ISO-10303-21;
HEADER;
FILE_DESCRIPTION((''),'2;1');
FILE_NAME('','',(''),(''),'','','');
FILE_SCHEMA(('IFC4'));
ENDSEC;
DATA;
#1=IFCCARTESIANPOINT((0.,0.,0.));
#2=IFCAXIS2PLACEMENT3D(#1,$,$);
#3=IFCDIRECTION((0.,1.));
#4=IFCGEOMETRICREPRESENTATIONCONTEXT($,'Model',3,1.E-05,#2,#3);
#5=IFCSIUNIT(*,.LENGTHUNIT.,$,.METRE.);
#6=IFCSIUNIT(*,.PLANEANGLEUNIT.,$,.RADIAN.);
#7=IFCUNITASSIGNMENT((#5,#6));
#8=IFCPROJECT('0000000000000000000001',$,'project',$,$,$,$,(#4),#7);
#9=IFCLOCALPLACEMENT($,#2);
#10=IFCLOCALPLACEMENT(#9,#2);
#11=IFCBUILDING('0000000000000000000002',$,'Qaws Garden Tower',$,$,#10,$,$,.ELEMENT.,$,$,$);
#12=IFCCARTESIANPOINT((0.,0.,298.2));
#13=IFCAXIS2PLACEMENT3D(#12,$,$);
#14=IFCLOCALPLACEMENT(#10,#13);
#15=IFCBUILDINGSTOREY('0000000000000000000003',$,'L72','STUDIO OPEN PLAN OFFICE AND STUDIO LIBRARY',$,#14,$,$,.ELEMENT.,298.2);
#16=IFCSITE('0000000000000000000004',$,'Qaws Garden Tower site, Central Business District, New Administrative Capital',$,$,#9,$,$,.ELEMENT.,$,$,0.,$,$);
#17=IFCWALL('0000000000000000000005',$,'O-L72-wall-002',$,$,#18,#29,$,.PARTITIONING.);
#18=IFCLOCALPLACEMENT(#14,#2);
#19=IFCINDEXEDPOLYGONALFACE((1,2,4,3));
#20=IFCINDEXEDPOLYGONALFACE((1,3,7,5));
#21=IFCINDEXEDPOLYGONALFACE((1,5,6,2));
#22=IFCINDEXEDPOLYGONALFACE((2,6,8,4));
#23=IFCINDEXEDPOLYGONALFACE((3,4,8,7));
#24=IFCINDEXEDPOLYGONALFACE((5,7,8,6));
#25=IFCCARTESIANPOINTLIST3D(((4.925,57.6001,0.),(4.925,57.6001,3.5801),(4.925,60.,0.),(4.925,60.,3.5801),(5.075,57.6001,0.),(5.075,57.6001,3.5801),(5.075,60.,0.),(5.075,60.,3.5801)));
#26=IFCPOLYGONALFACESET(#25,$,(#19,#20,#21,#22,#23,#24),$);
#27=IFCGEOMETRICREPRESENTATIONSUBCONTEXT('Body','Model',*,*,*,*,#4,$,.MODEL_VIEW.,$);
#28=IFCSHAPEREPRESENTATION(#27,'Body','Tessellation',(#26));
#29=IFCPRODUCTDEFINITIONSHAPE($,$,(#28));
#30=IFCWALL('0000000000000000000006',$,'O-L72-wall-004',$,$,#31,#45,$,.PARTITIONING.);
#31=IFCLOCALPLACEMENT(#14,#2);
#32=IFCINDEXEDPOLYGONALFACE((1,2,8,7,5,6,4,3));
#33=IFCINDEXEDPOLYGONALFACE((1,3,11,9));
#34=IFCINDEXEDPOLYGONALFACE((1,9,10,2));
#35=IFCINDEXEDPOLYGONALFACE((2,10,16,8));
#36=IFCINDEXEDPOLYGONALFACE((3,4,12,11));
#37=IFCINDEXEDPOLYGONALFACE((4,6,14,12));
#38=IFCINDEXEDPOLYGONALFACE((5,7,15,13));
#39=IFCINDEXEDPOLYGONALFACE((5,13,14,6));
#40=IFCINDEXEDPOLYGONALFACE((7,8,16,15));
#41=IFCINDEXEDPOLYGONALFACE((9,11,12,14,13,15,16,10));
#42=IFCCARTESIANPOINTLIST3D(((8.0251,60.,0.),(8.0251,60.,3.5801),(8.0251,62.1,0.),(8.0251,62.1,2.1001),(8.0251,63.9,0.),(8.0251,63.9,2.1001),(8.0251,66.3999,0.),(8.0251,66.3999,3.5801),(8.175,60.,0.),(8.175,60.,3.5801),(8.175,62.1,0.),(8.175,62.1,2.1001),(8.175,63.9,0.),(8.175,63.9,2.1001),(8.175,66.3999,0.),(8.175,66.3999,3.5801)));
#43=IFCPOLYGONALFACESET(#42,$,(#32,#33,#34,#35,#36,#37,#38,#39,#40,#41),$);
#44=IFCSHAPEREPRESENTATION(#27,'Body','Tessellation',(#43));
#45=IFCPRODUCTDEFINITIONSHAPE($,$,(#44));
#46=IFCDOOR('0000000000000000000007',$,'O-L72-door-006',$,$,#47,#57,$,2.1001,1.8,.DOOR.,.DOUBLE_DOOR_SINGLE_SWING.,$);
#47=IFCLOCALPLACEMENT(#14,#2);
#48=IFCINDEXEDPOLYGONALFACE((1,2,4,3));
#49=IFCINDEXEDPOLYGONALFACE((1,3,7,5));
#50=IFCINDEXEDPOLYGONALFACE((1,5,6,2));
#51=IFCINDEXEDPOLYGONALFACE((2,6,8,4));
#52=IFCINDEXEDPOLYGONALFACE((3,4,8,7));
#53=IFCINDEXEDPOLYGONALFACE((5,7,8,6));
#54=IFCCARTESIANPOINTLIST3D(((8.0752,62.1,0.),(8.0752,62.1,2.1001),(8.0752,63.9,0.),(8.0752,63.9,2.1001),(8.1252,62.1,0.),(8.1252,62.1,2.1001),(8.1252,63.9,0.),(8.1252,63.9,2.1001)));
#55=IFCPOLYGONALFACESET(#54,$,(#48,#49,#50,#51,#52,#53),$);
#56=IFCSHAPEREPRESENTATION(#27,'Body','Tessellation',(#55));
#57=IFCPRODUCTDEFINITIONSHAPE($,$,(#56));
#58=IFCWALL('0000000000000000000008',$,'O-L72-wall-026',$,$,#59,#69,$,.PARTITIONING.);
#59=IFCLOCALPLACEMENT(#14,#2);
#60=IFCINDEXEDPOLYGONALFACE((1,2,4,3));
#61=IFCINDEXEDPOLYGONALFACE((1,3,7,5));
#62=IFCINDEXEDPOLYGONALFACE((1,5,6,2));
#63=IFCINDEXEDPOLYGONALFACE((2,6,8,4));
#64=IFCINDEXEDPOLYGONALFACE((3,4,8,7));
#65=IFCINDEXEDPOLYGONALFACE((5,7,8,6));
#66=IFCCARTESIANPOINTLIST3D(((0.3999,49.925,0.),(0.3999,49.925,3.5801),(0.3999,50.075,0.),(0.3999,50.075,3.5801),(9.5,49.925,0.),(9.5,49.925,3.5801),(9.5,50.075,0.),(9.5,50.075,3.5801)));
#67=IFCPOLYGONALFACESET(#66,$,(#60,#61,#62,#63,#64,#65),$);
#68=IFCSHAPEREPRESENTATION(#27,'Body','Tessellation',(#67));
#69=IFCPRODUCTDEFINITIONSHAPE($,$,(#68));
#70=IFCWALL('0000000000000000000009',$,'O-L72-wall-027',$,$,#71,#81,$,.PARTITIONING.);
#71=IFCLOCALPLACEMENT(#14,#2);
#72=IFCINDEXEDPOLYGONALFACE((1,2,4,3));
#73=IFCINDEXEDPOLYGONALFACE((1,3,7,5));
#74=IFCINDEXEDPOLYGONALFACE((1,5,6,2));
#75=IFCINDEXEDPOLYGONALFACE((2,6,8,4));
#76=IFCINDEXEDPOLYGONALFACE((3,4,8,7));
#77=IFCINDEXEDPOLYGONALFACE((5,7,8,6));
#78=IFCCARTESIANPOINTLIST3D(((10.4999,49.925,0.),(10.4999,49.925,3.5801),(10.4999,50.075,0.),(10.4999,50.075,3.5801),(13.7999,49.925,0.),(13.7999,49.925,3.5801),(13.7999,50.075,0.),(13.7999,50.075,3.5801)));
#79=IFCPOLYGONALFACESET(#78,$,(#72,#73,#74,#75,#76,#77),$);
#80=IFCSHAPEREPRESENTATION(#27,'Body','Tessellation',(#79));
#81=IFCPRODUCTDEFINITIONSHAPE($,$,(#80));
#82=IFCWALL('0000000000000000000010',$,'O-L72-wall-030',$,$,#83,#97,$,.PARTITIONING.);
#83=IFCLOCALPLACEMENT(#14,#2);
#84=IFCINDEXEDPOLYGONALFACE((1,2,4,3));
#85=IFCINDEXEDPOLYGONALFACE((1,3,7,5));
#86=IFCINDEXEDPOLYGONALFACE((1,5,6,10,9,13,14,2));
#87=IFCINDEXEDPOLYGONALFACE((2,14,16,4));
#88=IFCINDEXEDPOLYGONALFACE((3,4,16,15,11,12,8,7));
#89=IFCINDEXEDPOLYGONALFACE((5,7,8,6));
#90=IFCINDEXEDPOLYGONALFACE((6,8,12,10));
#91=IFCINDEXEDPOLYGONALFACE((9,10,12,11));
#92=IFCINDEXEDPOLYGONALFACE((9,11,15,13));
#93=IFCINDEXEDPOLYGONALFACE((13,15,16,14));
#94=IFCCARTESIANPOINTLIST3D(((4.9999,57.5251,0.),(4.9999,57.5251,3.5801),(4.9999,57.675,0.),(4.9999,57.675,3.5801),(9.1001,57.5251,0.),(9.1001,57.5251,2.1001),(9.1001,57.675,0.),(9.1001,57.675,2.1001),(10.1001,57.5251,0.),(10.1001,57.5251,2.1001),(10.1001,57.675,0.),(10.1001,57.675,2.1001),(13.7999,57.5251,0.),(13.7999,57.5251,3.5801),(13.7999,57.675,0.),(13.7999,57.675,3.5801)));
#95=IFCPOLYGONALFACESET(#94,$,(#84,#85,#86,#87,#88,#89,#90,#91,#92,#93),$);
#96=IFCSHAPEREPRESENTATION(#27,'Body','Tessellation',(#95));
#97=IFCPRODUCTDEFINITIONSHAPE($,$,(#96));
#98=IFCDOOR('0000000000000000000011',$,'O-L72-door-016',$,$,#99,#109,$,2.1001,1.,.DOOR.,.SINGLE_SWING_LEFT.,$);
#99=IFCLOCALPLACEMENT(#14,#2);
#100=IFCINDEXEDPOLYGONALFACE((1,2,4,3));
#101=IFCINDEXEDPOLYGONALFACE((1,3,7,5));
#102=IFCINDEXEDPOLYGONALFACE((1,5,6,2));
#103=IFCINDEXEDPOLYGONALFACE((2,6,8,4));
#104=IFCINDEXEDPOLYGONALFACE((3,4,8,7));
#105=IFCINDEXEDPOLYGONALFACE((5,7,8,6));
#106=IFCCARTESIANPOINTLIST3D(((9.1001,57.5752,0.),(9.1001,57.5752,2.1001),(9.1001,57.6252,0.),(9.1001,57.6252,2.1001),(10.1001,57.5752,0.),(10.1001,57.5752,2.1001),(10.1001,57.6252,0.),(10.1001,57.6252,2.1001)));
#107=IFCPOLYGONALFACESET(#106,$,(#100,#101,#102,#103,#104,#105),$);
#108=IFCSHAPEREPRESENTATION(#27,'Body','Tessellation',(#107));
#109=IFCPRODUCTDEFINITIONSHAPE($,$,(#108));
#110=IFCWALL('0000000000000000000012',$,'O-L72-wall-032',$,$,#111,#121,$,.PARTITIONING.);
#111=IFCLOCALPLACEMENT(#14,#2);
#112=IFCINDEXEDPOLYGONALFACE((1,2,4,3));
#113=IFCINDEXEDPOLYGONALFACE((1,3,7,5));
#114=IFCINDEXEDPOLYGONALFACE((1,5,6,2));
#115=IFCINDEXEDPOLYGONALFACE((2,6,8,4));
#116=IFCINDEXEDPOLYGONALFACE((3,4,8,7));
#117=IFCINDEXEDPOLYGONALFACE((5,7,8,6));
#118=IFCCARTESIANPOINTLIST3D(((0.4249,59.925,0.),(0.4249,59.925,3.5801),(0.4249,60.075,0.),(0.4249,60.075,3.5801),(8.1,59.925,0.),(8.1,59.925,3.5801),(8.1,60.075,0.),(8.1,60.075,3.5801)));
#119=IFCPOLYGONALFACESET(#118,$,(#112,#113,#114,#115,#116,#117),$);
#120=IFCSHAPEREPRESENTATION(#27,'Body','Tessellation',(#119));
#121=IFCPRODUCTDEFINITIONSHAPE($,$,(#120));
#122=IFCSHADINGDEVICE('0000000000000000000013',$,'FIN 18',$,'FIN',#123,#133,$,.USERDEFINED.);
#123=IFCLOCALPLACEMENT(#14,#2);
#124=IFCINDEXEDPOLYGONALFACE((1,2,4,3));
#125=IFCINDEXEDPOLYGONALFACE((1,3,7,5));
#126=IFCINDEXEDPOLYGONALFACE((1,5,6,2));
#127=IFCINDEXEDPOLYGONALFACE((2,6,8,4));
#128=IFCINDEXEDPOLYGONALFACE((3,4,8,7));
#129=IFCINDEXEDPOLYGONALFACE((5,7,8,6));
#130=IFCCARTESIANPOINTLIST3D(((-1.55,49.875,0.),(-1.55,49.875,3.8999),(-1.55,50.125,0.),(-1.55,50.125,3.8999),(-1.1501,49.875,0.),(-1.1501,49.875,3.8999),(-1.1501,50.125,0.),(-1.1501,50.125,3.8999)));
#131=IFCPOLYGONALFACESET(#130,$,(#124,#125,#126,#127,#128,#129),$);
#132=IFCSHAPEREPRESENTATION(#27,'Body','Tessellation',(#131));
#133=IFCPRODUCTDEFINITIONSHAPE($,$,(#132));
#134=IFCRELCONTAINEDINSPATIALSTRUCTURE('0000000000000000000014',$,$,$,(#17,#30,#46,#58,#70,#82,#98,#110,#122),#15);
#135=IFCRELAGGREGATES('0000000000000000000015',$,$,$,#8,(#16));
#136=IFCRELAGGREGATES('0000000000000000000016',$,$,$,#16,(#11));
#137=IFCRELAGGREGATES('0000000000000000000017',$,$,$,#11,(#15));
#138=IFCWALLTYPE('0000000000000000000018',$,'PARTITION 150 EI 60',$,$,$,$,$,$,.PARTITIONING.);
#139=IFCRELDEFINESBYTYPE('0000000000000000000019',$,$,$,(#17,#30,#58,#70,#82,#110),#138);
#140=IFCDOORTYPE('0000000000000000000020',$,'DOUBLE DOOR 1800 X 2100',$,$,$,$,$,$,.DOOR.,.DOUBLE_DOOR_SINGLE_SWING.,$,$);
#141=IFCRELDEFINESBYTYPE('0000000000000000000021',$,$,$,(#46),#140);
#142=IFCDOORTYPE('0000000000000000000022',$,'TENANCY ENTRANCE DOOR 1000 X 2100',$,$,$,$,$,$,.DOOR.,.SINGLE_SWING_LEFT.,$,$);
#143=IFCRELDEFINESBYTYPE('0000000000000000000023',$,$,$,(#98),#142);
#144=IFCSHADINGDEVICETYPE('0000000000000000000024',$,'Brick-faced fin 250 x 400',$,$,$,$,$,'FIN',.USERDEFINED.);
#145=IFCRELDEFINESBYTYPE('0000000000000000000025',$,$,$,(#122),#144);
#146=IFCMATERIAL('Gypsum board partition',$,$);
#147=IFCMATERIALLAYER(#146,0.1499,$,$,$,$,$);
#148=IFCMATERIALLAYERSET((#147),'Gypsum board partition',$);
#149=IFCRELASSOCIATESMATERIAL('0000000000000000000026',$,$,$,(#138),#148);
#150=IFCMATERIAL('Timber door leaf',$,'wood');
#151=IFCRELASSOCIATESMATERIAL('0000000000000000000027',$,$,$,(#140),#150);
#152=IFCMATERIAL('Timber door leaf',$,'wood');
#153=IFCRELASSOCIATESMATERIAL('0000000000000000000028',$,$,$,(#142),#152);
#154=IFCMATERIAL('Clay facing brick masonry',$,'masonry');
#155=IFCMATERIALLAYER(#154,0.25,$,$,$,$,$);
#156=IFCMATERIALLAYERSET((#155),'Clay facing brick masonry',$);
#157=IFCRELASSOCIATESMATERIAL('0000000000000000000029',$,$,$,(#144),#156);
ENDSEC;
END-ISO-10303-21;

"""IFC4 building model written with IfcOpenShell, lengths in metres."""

from ifc_helpers import new_model, si_unit, direction, frame, frame_2d, origin, origin_2d, place, context, subcontext, project, spatial, rectangle, extrude, material, layer, layer_set, type_object, element, fill, save


model = new_model("IFC4")

# Units and contexts
model_context = context("Model", 3, precision=1e-05, world=origin(), true_north=direction((0.0, 1.0)))
body_context = subcontext(model_context, "Body", "Model", "MODEL_VIEW")
ifc_project = project(units=[si_unit("LENGTHUNIT", "METRE"), si_unit("PLANEANGLEUNIT", "RADIAN")], contexts=[model_context])

# Site, building, storey
site_placement = place(None, origin())
site = spatial("IfcSite", under=ifc_project, at=site_placement, Name="Qaws Garden Tower site, Central Business District, New Administrative Capital", CompositionType="ELEMENT", RefElevation=0.0)
building_placement = place(site_placement, origin())
building = spatial("IfcBuilding", under=site, at=building_placement, Name="Qaws Garden Tower", CompositionType="ELEMENT")
storey_placement = place(building_placement, frame((0.0, 0.0, 298.2)))
storey = spatial("IfcBuildingStorey", under=building, at=storey_placement, Name="L72", Description="STUDIO OPEN PLAN OFFICE AND STUDIO LIBRARY", CompositionType="ELEMENT", Elevation=298.2)

# Wall
ifc_material_1 = material(Name="Gypsum board partition")
ifc_layer_1 = layer(ifc_material_1, 0.1499)
ifc_layer_set_1 = layer_set([ifc_layer_1], Name="Gypsum board partition")
wall_type_1 = type_object("IfcWallType", Name="PARTITION 150 EI 60", PredefinedType="PARTITIONING", material=ifc_layer_set_1)
wall_1_placement = place(storey_placement, frame((5.0, 57.6001, 0.0), z_axis=(0.0, 0.0, 1.0), x_axis=(0.0, 1.0, 0.0)))
element("IfcWall", 1, at=wall_1_placement, inside=storey, type_object=wall_type_1, Name="O-L72-wall-002", PredefinedType="PARTITIONING", context=body_context, shape_type="SweptSolid", body=[
    extrude(rectangle(XDim=2.3999, YDim=0.1499, at=frame_2d((1.2, 0.0))), origin(), (0.0, 0.0, 1.0), 3.5801),
])

# Wall, opening, door
wall_2_placement = place(storey_placement, frame((8.1001, 60.0, 0.0), z_axis=(0.0, 0.0, 1.0), x_axis=(0.0, 1.0, 0.0)))
wall_2 = element("IfcWall", 2, at=wall_2_placement, inside=storey, type_object=wall_type_1, Name="O-L72-wall-004", PredefinedType="PARTITIONING", context=body_context, shape_type="SweptSolid", body=[
    extrude(rectangle(XDim=6.3999, YDim=0.1499, at=frame_2d((3.2, 0.0))), origin(), (0.0, 0.0, 1.0), 3.5801),
])
opening_1_placement = place(wall_2_placement, frame((2.1001, 0.0, 0.0)))
opening_1 = element("IfcOpeningElement", 3, at=opening_1_placement, cuts=wall_2, PredefinedType="OPENING", context=body_context, shape_type="SweptSolid", body=[
    extrude(rectangle(XDim=1.8, YDim=2.1001, at=frame_2d((0.8999, 1.05))), frame((0.0, 0.085, 0.0), z_axis=(0.0, -1.0, 0.0), x_axis=(1.0, 0.0, 0.0)), (0.0, 0.0, 1.0), 0.1699),
])
ifc_material_2 = material(Name="Timber door leaf", Category="wood")
door_type_1 = type_object("IfcDoorType", Name="DOUBLE DOOR 1800 X 2100", OperationType="DOUBLE_DOOR_SINGLE_SWING", PredefinedType="DOOR", material=ifc_material_2)
door_1_placement = place(opening_1_placement, origin())
door_1 = element("IfcDoor", 4, at=door_1_placement, inside=storey, type_object=door_type_1, Name="O-L72-door-006", OperationType="DOUBLE_DOOR_SINGLE_SWING", OverallHeight=2.1001, OverallWidth=1.8, PredefinedType="DOOR", context=body_context, shape_type="SweptSolid", body=[
    extrude(rectangle(XDim=1.8, YDim=2.1001, at=frame_2d((0.8999, 1.05))), frame((0.0, 0.0249, 0.0), z_axis=(0.0, -1.0, 0.0), x_axis=(1.0, 0.0, 0.0)), (0.0, 0.0, 1.0), 0.05),
])
fill(opening_1, door_1)

# Walls
wall_3_placement = place(storey_placement, frame((0.3999, 50.0, 0.0), z_axis=(0.0, 0.0, 1.0), x_axis=(1.0, 0.0, 0.0)))
element("IfcWall", 5, at=wall_3_placement, inside=storey, type_object=wall_type_1, Name="O-L72-wall-026", PredefinedType="PARTITIONING", context=body_context, shape_type="SweptSolid", body=[
    extrude(rectangle(XDim=9.1001, YDim=0.1499, at=frame_2d((4.55, 0.0))), origin(), (0.0, 0.0, 1.0), 3.5801),
])
wall_4_placement = place(storey_placement, frame((10.5, 50.0, 0.0), z_axis=(0.0, 0.0, 1.0), x_axis=(1.0, 0.0, 0.0)))
element("IfcWall", 6, at=wall_4_placement, inside=storey, type_object=wall_type_1, Name="O-L72-wall-027", PredefinedType="PARTITIONING", context=body_context, shape_type="SweptSolid", body=[
    extrude(rectangle(XDim=3.3, YDim=0.1499, at=frame_2d((1.6499, 0.0))), origin(), (0.0, 0.0, 1.0), 3.5801),
])

# Wall, opening, door
wall_5_placement = place(storey_placement, frame((5.0, 57.6001, 0.0), z_axis=(0.0, 0.0, 1.0), x_axis=(1.0, 0.0, 0.0)))
wall_5 = element("IfcWall", 7, at=wall_5_placement, inside=storey, type_object=wall_type_1, Name="O-L72-wall-030", PredefinedType="PARTITIONING", context=body_context, shape_type="SweptSolid", body=[
    extrude(rectangle(XDim=8.8, YDim=0.1499, at=frame_2d((4.3999, 0.0))), origin(), (0.0, 0.0, 1.0), 3.5801),
])
opening_2_placement = place(wall_5_placement, frame((4.1001, 0.0, 0.0)))
opening_2 = element("IfcOpeningElement", 8, at=opening_2_placement, cuts=wall_5, PredefinedType="OPENING", context=body_context, shape_type="SweptSolid", body=[
    extrude(rectangle(XDim=1.0, YDim=2.1001, at=frame_2d((0.5, 1.05))), frame((0.0, 0.085, 0.0), z_axis=(0.0, -1.0, 0.0), x_axis=(1.0, 0.0, 0.0)), (0.0, 0.0, 1.0), 0.1699),
])
ifc_material_3 = material(Name="Timber door leaf", Category="wood")
door_type_2 = type_object("IfcDoorType", Name="TENANCY ENTRANCE DOOR 1000 X 2100", OperationType="SINGLE_SWING_LEFT", PredefinedType="DOOR", material=ifc_material_3)
door_2_placement = place(opening_2_placement, frame((1.0, 0.0, 0.0), z_axis=(0.0, 0.0, 1.0), x_axis=(-1.0, 0.0, 0.0)))
door_2 = element("IfcDoor", 9, at=door_2_placement, inside=storey, type_object=door_type_2, Name="O-L72-door-016", OperationType="SINGLE_SWING_LEFT", OverallHeight=2.1001, OverallWidth=1.0, PredefinedType="DOOR", context=body_context, shape_type="SweptSolid", body=[
    extrude(rectangle(XDim=1.0, YDim=2.1001, at=frame_2d((0.5, 1.05))), frame((0.0, 0.0249, 0.0), z_axis=(0.0, -1.0, 0.0), x_axis=(1.0, 0.0, 0.0)), (0.0, 0.0, 1.0), 0.05),
])
fill(opening_2, door_2)

# Wall
wall_6_placement = place(storey_placement, frame((0.425, 60.0, 0.0), z_axis=(0.0, 0.0, 1.0), x_axis=(1.0, 0.0, 0.0)))
element("IfcWall", 10, at=wall_6_placement, inside=storey, type_object=wall_type_1, Name="O-L72-wall-032", PredefinedType="PARTITIONING", context=body_context, shape_type="SweptSolid", body=[
    extrude(rectangle(XDim=7.675, YDim=0.1499, at=frame_2d((3.8374, 0.0))), origin(), (0.0, 0.0, 1.0), 3.5801),
])

# Shading device
ifc_material_4 = material(Name="Clay facing brick masonry", Category="masonry")
ifc_layer_2 = layer(ifc_material_4, 0.25)
ifc_layer_set_2 = layer_set([ifc_layer_2], Name="Clay facing brick masonry")
shading_device_type = type_object("IfcShadingDeviceType", Name="Brick-faced fin 250 x 400", ElementType="FIN", PredefinedType="USERDEFINED", material=ifc_layer_set_2)
shading_device_placement = place(storey_placement, frame((-1.3501, 50.0, 0.0), z_axis=(0.0, 0.0, 1.0), x_axis=(0.0, -1.0, 0.0)))
element("IfcShadingDevice", 11, at=shading_device_placement, inside=storey, type_object=shading_device_type, Name="FIN 18", ObjectType="FIN", PredefinedType="USERDEFINED", context=body_context, shape_type="SweptSolid", body=[
    extrude(rectangle(XDim=0.25, YDim=0.3999, at=origin_2d()), origin(), (0.0, 0.0, 1.0), 3.8999),
])

save(model, "model.ifc")
